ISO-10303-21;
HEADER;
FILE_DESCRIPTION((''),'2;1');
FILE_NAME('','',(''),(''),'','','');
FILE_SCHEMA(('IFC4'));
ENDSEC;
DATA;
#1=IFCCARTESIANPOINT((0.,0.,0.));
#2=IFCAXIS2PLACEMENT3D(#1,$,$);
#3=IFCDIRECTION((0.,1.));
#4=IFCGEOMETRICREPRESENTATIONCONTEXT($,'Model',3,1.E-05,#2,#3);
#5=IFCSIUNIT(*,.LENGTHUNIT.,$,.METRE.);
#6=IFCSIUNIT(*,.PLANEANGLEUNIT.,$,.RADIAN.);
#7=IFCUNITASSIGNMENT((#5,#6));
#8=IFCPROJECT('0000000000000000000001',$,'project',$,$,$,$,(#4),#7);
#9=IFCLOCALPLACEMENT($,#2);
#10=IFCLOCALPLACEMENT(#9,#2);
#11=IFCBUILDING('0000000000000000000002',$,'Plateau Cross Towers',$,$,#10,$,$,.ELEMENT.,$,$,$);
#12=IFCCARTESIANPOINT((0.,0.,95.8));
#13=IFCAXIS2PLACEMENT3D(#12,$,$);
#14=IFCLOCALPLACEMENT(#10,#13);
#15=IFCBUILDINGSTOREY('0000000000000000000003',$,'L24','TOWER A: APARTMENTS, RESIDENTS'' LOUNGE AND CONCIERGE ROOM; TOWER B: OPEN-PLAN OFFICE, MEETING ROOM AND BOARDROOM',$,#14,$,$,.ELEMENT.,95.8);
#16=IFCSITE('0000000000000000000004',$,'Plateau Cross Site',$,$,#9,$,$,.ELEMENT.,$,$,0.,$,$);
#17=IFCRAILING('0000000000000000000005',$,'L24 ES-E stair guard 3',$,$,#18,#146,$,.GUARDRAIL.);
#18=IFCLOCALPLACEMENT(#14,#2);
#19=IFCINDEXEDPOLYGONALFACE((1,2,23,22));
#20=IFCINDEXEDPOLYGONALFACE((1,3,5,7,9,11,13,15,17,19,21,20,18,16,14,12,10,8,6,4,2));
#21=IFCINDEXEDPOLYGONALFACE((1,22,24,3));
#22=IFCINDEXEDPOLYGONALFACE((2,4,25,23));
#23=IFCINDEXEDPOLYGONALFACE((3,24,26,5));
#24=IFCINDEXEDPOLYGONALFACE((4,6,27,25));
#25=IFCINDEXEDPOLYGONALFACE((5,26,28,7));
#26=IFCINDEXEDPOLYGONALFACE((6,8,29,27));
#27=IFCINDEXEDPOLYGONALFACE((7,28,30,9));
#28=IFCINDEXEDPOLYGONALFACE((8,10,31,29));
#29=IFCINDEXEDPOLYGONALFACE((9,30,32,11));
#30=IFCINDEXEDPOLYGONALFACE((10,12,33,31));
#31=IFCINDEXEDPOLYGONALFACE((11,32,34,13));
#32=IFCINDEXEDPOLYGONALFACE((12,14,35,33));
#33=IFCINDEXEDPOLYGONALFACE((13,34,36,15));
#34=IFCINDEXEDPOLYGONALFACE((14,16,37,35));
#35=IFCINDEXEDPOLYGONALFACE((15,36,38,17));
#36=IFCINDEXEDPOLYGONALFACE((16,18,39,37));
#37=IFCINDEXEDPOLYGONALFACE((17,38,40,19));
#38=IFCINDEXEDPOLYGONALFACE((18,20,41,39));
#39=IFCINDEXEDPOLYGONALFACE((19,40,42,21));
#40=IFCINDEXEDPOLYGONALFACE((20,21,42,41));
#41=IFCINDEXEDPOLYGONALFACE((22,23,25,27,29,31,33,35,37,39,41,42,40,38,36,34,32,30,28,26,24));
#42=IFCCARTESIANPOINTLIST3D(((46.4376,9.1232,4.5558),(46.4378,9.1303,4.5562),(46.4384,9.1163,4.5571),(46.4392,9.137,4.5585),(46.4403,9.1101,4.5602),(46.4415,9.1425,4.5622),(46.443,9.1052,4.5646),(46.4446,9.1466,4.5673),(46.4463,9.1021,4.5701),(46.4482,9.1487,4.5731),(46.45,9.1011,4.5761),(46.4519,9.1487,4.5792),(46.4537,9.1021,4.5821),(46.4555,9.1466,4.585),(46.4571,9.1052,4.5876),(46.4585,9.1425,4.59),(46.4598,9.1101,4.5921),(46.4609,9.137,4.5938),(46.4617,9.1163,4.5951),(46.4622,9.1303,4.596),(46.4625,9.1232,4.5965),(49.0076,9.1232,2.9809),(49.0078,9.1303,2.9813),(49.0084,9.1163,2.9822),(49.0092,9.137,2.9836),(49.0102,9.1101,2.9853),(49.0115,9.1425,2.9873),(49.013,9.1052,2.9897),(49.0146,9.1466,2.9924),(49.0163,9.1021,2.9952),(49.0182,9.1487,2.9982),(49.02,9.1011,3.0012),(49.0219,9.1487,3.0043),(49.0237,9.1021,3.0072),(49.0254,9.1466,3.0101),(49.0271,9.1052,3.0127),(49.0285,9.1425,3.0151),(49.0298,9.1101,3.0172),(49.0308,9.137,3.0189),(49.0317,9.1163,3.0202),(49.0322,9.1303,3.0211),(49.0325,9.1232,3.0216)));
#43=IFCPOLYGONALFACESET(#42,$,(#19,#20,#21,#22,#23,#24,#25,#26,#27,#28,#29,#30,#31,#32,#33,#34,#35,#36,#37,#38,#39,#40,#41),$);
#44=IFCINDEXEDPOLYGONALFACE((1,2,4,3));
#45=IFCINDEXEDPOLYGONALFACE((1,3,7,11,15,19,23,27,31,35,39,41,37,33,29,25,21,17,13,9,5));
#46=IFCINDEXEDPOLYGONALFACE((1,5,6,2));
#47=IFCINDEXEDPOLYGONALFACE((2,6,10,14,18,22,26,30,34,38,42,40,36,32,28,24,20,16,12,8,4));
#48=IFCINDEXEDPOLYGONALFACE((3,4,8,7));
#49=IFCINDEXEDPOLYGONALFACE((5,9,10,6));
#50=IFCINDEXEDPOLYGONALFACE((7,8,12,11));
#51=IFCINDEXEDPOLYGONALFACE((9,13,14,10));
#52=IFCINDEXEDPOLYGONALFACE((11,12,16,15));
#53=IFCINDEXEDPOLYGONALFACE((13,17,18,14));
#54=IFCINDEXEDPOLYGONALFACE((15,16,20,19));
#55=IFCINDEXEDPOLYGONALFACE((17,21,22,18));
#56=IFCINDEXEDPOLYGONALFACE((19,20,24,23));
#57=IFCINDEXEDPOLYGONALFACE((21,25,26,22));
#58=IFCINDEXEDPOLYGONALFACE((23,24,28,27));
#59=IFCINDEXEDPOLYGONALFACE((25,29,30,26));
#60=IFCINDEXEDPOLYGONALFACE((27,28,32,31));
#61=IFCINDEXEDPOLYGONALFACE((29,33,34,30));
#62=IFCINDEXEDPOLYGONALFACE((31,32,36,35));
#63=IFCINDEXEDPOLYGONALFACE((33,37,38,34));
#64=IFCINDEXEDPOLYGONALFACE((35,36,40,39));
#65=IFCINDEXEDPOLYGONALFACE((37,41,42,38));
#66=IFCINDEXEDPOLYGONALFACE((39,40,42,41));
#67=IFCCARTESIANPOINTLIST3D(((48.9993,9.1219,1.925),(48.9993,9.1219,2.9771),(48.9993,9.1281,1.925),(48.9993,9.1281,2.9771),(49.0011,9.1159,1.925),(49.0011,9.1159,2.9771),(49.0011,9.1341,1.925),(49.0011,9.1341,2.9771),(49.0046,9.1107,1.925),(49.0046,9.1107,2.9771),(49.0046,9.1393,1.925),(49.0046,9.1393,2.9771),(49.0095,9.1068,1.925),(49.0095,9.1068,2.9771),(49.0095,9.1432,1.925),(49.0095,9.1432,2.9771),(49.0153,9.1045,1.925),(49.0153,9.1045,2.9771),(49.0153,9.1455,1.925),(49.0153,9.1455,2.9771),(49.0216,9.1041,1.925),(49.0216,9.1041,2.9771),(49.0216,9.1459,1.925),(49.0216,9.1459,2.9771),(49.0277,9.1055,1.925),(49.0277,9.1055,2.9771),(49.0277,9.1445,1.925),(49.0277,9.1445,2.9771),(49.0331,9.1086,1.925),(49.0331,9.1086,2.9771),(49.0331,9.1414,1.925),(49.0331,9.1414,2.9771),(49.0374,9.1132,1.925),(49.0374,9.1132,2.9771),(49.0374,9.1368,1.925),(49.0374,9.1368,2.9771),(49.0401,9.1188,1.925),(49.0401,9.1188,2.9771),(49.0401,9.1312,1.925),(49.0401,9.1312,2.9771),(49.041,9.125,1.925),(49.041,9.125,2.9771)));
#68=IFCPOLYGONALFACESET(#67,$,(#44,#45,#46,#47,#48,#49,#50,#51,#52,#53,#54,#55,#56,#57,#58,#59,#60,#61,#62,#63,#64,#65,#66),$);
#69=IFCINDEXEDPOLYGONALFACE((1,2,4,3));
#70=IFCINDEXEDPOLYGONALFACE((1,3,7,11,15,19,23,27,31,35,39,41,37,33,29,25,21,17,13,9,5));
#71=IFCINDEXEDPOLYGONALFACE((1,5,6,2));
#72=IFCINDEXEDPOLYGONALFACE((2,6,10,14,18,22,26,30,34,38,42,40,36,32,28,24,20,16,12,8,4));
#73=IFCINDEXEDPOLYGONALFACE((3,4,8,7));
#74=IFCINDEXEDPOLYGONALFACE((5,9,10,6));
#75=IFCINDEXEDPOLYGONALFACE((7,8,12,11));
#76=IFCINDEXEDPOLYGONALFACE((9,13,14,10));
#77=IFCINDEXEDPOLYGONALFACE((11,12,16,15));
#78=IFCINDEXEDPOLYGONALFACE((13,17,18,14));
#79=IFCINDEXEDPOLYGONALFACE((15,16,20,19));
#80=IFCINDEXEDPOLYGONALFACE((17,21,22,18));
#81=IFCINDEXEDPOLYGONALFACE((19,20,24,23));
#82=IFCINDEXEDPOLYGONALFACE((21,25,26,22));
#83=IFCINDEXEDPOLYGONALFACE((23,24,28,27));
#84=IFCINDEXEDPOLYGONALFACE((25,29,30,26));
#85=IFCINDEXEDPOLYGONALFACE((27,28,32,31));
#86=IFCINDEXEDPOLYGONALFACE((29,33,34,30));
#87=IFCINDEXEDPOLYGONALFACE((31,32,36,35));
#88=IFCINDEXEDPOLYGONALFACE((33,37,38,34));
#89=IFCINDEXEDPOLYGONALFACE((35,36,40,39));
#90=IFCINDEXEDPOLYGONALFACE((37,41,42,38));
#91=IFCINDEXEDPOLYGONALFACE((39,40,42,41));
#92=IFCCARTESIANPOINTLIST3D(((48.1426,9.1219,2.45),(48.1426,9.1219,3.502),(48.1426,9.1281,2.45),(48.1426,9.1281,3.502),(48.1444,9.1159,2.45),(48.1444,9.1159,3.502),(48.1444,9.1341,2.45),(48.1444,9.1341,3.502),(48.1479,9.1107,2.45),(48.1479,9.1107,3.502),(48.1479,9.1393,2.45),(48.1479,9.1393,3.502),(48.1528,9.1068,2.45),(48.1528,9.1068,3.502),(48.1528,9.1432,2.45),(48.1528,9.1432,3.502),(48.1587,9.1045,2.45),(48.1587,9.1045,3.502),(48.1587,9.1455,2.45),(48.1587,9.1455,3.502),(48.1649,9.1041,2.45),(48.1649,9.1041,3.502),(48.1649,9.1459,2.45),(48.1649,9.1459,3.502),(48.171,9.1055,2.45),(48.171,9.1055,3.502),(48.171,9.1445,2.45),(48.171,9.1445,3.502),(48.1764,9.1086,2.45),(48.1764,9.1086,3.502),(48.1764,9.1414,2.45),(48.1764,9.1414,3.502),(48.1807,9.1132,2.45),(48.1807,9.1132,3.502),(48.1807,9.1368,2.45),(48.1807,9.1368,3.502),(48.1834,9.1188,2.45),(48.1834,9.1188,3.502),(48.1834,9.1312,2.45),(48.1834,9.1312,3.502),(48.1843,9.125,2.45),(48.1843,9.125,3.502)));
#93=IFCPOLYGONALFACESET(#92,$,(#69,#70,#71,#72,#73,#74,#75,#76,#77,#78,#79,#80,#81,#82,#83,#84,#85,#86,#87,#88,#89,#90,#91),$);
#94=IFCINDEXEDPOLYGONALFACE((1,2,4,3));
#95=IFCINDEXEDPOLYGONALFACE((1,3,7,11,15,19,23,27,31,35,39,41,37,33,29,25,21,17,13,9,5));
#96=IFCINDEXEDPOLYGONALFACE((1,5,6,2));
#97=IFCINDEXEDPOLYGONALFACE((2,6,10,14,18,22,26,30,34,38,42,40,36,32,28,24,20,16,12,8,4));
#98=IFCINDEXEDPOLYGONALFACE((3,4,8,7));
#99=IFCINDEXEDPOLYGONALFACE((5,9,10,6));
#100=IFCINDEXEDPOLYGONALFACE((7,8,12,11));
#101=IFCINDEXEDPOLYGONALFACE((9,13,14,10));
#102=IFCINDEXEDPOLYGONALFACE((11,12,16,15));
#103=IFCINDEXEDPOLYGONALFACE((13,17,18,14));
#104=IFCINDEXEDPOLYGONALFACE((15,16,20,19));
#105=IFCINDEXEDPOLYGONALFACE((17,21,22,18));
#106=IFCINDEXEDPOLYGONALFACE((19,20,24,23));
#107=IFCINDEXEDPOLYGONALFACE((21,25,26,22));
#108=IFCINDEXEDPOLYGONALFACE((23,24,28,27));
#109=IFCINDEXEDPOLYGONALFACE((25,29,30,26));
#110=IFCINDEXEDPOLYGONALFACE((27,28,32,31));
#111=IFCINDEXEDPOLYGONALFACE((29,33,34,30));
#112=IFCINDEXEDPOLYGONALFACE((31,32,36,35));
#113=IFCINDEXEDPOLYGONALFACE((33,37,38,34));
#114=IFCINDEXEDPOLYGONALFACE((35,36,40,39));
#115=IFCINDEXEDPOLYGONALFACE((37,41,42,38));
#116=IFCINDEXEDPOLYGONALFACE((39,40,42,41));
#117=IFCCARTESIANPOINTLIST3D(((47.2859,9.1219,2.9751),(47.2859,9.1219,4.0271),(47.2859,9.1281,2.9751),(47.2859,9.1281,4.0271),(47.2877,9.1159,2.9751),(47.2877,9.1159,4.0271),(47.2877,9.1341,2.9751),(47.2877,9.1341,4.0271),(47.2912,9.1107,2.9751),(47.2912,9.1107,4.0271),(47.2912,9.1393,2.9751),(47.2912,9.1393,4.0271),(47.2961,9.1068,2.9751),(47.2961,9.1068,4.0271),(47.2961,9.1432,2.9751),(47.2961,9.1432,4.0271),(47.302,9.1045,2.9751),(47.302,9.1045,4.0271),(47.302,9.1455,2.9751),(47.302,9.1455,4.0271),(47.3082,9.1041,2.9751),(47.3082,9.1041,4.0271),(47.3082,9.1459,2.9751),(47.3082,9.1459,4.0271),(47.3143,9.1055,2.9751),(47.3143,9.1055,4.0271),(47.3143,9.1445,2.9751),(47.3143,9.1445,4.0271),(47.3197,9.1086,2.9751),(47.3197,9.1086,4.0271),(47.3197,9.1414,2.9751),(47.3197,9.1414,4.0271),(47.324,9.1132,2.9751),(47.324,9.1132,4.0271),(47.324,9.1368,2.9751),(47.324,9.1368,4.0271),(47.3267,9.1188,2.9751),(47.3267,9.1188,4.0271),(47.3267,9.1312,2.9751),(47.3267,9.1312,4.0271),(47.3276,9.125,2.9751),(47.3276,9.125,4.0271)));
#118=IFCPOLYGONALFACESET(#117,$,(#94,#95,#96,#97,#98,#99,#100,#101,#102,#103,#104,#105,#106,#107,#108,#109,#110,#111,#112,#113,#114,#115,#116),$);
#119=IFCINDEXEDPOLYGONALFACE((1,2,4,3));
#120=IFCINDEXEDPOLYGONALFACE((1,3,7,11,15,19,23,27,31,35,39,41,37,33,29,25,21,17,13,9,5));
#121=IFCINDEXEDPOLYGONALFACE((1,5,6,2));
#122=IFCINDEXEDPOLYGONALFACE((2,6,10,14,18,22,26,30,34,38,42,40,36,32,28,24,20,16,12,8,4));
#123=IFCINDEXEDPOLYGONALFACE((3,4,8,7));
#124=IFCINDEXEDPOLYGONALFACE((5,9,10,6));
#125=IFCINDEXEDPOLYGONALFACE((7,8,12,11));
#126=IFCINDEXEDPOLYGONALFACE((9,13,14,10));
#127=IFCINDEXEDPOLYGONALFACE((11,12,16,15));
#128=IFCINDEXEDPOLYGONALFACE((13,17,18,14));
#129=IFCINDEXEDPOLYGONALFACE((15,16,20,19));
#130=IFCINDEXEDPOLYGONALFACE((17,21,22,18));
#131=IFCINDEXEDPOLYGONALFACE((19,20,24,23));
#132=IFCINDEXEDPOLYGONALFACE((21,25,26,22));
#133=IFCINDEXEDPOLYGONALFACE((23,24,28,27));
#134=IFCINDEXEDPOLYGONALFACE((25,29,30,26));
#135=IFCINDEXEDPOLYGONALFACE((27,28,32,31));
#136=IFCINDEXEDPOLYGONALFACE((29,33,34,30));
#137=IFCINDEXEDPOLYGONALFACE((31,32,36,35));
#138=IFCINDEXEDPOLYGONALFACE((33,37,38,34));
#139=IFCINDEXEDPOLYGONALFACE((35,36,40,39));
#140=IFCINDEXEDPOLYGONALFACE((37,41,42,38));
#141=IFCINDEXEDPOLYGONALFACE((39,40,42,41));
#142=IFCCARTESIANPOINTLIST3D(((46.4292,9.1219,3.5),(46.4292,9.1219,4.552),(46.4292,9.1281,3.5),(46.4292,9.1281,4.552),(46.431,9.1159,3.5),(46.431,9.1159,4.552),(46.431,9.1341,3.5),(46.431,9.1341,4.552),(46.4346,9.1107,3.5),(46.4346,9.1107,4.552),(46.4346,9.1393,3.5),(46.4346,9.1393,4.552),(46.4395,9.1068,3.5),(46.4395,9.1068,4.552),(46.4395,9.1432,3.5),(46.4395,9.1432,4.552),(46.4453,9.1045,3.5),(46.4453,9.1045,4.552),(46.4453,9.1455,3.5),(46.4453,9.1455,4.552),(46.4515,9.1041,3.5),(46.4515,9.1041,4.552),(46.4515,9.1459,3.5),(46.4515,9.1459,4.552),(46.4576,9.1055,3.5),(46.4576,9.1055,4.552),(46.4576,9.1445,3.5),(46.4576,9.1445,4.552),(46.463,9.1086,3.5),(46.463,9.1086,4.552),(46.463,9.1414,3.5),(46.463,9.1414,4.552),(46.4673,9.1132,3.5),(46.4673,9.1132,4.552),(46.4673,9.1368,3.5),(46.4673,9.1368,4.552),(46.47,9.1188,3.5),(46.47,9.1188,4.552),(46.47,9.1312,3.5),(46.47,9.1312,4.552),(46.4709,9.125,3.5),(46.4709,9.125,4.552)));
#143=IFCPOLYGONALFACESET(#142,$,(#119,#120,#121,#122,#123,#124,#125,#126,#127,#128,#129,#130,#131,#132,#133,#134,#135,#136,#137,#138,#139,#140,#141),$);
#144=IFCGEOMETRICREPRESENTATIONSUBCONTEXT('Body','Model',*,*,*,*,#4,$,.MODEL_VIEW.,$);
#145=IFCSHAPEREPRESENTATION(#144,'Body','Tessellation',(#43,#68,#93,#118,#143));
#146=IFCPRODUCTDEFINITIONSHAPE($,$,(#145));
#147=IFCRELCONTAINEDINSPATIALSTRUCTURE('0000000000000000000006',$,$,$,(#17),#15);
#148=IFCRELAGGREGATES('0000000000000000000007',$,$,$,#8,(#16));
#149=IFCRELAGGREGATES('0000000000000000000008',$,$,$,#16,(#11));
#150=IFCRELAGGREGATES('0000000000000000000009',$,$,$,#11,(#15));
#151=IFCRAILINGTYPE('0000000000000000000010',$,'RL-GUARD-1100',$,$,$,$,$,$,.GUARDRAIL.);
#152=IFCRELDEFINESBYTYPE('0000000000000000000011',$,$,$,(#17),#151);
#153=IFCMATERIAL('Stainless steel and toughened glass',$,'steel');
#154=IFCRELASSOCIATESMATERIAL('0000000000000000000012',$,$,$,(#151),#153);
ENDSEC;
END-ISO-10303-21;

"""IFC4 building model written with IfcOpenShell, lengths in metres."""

from ifc_helpers import new_model, si_unit, direction, frame, origin, origin_2d, place, context, subcontext, project, spatial, circle, extrude, material, type_object, element, save


model = new_model("IFC4")

# Units and contexts
model_context = context("Model", 3, precision=1e-05, world=origin(), true_north=direction((0.0, 1.0)))
body_context = subcontext(model_context, "Body", "Model", "MODEL_VIEW")
ifc_project = project(units=[si_unit("LENGTHUNIT", "METRE"), si_unit("PLANEANGLEUNIT", "RADIAN")], contexts=[model_context])

# Site, building, storey
site_placement = place(None, origin())
site = spatial("IfcSite", under=ifc_project, at=site_placement, Name="Plateau Cross Site", CompositionType="ELEMENT", RefElevation=0.0)
building_placement = place(site_placement, origin())
building = spatial("IfcBuilding", under=site, at=building_placement, Name="Plateau Cross Towers", CompositionType="ELEMENT")
storey_placement = place(building_placement, frame((0.0, 0.0, 95.8)))
storey = spatial("IfcBuildingStorey", under=building, at=storey_placement, Name="L24", Description="TOWER A: APARTMENTS, RESIDENTS' LOUNGE AND CONCIERGE ROOM; TOWER B: OPEN-PLAN OFFICE, MEETING ROOM AND BOARDROOM", CompositionType="ELEMENT", Elevation=95.8)

# Railing
ifc_material_1 = material(Name="Stainless steel and toughened glass", Category="steel")
railing_type_1 = type_object("IfcRailingType", Name="RL-GUARD-1100", PredefinedType="GUARDRAIL", material=ifc_material_1)
railing_1_placement = place(storey_placement, frame((49.02, 9.125, 1.925)))
element("IfcRailing", 1, at=railing_1_placement, inside=storey, type_object=railing_type_1, Name="L24 ES-E stair guard 3", PredefinedType="GUARDRAIL", context=body_context, shape_type="SweptSolid", body=[
    extrude(circle(Radius=0.0239, at=origin_2d()), frame((0.0, 0.0, 1.0762), z_axis=(-0.852639, 0.0, 0.522501), x_axis=(0.0, -1.0, 0.0)), (0.0, 0.0, 1.0), 3.0142),
    extrude(circle(Radius=0.021, at=origin_2d()), origin(), (0.0, 0.0, 1.0), 1.052),
    extrude(circle(Radius=0.021, at=origin_2d()), frame((-0.8567, 0.0, 0.5249)), (0.0, 0.0, 1.0), 1.052),
    extrude(circle(Radius=0.021, at=origin_2d()), frame((-1.7134, 0.0, 1.05)), (0.0, 0.0, 1.0), 1.052),
    extrude(circle(Radius=0.021, at=origin_2d()), frame((-2.5701, 0.0, 1.575)), (0.0, 0.0, 1.0), 1.052),
])

save(model, "model.ifc")
